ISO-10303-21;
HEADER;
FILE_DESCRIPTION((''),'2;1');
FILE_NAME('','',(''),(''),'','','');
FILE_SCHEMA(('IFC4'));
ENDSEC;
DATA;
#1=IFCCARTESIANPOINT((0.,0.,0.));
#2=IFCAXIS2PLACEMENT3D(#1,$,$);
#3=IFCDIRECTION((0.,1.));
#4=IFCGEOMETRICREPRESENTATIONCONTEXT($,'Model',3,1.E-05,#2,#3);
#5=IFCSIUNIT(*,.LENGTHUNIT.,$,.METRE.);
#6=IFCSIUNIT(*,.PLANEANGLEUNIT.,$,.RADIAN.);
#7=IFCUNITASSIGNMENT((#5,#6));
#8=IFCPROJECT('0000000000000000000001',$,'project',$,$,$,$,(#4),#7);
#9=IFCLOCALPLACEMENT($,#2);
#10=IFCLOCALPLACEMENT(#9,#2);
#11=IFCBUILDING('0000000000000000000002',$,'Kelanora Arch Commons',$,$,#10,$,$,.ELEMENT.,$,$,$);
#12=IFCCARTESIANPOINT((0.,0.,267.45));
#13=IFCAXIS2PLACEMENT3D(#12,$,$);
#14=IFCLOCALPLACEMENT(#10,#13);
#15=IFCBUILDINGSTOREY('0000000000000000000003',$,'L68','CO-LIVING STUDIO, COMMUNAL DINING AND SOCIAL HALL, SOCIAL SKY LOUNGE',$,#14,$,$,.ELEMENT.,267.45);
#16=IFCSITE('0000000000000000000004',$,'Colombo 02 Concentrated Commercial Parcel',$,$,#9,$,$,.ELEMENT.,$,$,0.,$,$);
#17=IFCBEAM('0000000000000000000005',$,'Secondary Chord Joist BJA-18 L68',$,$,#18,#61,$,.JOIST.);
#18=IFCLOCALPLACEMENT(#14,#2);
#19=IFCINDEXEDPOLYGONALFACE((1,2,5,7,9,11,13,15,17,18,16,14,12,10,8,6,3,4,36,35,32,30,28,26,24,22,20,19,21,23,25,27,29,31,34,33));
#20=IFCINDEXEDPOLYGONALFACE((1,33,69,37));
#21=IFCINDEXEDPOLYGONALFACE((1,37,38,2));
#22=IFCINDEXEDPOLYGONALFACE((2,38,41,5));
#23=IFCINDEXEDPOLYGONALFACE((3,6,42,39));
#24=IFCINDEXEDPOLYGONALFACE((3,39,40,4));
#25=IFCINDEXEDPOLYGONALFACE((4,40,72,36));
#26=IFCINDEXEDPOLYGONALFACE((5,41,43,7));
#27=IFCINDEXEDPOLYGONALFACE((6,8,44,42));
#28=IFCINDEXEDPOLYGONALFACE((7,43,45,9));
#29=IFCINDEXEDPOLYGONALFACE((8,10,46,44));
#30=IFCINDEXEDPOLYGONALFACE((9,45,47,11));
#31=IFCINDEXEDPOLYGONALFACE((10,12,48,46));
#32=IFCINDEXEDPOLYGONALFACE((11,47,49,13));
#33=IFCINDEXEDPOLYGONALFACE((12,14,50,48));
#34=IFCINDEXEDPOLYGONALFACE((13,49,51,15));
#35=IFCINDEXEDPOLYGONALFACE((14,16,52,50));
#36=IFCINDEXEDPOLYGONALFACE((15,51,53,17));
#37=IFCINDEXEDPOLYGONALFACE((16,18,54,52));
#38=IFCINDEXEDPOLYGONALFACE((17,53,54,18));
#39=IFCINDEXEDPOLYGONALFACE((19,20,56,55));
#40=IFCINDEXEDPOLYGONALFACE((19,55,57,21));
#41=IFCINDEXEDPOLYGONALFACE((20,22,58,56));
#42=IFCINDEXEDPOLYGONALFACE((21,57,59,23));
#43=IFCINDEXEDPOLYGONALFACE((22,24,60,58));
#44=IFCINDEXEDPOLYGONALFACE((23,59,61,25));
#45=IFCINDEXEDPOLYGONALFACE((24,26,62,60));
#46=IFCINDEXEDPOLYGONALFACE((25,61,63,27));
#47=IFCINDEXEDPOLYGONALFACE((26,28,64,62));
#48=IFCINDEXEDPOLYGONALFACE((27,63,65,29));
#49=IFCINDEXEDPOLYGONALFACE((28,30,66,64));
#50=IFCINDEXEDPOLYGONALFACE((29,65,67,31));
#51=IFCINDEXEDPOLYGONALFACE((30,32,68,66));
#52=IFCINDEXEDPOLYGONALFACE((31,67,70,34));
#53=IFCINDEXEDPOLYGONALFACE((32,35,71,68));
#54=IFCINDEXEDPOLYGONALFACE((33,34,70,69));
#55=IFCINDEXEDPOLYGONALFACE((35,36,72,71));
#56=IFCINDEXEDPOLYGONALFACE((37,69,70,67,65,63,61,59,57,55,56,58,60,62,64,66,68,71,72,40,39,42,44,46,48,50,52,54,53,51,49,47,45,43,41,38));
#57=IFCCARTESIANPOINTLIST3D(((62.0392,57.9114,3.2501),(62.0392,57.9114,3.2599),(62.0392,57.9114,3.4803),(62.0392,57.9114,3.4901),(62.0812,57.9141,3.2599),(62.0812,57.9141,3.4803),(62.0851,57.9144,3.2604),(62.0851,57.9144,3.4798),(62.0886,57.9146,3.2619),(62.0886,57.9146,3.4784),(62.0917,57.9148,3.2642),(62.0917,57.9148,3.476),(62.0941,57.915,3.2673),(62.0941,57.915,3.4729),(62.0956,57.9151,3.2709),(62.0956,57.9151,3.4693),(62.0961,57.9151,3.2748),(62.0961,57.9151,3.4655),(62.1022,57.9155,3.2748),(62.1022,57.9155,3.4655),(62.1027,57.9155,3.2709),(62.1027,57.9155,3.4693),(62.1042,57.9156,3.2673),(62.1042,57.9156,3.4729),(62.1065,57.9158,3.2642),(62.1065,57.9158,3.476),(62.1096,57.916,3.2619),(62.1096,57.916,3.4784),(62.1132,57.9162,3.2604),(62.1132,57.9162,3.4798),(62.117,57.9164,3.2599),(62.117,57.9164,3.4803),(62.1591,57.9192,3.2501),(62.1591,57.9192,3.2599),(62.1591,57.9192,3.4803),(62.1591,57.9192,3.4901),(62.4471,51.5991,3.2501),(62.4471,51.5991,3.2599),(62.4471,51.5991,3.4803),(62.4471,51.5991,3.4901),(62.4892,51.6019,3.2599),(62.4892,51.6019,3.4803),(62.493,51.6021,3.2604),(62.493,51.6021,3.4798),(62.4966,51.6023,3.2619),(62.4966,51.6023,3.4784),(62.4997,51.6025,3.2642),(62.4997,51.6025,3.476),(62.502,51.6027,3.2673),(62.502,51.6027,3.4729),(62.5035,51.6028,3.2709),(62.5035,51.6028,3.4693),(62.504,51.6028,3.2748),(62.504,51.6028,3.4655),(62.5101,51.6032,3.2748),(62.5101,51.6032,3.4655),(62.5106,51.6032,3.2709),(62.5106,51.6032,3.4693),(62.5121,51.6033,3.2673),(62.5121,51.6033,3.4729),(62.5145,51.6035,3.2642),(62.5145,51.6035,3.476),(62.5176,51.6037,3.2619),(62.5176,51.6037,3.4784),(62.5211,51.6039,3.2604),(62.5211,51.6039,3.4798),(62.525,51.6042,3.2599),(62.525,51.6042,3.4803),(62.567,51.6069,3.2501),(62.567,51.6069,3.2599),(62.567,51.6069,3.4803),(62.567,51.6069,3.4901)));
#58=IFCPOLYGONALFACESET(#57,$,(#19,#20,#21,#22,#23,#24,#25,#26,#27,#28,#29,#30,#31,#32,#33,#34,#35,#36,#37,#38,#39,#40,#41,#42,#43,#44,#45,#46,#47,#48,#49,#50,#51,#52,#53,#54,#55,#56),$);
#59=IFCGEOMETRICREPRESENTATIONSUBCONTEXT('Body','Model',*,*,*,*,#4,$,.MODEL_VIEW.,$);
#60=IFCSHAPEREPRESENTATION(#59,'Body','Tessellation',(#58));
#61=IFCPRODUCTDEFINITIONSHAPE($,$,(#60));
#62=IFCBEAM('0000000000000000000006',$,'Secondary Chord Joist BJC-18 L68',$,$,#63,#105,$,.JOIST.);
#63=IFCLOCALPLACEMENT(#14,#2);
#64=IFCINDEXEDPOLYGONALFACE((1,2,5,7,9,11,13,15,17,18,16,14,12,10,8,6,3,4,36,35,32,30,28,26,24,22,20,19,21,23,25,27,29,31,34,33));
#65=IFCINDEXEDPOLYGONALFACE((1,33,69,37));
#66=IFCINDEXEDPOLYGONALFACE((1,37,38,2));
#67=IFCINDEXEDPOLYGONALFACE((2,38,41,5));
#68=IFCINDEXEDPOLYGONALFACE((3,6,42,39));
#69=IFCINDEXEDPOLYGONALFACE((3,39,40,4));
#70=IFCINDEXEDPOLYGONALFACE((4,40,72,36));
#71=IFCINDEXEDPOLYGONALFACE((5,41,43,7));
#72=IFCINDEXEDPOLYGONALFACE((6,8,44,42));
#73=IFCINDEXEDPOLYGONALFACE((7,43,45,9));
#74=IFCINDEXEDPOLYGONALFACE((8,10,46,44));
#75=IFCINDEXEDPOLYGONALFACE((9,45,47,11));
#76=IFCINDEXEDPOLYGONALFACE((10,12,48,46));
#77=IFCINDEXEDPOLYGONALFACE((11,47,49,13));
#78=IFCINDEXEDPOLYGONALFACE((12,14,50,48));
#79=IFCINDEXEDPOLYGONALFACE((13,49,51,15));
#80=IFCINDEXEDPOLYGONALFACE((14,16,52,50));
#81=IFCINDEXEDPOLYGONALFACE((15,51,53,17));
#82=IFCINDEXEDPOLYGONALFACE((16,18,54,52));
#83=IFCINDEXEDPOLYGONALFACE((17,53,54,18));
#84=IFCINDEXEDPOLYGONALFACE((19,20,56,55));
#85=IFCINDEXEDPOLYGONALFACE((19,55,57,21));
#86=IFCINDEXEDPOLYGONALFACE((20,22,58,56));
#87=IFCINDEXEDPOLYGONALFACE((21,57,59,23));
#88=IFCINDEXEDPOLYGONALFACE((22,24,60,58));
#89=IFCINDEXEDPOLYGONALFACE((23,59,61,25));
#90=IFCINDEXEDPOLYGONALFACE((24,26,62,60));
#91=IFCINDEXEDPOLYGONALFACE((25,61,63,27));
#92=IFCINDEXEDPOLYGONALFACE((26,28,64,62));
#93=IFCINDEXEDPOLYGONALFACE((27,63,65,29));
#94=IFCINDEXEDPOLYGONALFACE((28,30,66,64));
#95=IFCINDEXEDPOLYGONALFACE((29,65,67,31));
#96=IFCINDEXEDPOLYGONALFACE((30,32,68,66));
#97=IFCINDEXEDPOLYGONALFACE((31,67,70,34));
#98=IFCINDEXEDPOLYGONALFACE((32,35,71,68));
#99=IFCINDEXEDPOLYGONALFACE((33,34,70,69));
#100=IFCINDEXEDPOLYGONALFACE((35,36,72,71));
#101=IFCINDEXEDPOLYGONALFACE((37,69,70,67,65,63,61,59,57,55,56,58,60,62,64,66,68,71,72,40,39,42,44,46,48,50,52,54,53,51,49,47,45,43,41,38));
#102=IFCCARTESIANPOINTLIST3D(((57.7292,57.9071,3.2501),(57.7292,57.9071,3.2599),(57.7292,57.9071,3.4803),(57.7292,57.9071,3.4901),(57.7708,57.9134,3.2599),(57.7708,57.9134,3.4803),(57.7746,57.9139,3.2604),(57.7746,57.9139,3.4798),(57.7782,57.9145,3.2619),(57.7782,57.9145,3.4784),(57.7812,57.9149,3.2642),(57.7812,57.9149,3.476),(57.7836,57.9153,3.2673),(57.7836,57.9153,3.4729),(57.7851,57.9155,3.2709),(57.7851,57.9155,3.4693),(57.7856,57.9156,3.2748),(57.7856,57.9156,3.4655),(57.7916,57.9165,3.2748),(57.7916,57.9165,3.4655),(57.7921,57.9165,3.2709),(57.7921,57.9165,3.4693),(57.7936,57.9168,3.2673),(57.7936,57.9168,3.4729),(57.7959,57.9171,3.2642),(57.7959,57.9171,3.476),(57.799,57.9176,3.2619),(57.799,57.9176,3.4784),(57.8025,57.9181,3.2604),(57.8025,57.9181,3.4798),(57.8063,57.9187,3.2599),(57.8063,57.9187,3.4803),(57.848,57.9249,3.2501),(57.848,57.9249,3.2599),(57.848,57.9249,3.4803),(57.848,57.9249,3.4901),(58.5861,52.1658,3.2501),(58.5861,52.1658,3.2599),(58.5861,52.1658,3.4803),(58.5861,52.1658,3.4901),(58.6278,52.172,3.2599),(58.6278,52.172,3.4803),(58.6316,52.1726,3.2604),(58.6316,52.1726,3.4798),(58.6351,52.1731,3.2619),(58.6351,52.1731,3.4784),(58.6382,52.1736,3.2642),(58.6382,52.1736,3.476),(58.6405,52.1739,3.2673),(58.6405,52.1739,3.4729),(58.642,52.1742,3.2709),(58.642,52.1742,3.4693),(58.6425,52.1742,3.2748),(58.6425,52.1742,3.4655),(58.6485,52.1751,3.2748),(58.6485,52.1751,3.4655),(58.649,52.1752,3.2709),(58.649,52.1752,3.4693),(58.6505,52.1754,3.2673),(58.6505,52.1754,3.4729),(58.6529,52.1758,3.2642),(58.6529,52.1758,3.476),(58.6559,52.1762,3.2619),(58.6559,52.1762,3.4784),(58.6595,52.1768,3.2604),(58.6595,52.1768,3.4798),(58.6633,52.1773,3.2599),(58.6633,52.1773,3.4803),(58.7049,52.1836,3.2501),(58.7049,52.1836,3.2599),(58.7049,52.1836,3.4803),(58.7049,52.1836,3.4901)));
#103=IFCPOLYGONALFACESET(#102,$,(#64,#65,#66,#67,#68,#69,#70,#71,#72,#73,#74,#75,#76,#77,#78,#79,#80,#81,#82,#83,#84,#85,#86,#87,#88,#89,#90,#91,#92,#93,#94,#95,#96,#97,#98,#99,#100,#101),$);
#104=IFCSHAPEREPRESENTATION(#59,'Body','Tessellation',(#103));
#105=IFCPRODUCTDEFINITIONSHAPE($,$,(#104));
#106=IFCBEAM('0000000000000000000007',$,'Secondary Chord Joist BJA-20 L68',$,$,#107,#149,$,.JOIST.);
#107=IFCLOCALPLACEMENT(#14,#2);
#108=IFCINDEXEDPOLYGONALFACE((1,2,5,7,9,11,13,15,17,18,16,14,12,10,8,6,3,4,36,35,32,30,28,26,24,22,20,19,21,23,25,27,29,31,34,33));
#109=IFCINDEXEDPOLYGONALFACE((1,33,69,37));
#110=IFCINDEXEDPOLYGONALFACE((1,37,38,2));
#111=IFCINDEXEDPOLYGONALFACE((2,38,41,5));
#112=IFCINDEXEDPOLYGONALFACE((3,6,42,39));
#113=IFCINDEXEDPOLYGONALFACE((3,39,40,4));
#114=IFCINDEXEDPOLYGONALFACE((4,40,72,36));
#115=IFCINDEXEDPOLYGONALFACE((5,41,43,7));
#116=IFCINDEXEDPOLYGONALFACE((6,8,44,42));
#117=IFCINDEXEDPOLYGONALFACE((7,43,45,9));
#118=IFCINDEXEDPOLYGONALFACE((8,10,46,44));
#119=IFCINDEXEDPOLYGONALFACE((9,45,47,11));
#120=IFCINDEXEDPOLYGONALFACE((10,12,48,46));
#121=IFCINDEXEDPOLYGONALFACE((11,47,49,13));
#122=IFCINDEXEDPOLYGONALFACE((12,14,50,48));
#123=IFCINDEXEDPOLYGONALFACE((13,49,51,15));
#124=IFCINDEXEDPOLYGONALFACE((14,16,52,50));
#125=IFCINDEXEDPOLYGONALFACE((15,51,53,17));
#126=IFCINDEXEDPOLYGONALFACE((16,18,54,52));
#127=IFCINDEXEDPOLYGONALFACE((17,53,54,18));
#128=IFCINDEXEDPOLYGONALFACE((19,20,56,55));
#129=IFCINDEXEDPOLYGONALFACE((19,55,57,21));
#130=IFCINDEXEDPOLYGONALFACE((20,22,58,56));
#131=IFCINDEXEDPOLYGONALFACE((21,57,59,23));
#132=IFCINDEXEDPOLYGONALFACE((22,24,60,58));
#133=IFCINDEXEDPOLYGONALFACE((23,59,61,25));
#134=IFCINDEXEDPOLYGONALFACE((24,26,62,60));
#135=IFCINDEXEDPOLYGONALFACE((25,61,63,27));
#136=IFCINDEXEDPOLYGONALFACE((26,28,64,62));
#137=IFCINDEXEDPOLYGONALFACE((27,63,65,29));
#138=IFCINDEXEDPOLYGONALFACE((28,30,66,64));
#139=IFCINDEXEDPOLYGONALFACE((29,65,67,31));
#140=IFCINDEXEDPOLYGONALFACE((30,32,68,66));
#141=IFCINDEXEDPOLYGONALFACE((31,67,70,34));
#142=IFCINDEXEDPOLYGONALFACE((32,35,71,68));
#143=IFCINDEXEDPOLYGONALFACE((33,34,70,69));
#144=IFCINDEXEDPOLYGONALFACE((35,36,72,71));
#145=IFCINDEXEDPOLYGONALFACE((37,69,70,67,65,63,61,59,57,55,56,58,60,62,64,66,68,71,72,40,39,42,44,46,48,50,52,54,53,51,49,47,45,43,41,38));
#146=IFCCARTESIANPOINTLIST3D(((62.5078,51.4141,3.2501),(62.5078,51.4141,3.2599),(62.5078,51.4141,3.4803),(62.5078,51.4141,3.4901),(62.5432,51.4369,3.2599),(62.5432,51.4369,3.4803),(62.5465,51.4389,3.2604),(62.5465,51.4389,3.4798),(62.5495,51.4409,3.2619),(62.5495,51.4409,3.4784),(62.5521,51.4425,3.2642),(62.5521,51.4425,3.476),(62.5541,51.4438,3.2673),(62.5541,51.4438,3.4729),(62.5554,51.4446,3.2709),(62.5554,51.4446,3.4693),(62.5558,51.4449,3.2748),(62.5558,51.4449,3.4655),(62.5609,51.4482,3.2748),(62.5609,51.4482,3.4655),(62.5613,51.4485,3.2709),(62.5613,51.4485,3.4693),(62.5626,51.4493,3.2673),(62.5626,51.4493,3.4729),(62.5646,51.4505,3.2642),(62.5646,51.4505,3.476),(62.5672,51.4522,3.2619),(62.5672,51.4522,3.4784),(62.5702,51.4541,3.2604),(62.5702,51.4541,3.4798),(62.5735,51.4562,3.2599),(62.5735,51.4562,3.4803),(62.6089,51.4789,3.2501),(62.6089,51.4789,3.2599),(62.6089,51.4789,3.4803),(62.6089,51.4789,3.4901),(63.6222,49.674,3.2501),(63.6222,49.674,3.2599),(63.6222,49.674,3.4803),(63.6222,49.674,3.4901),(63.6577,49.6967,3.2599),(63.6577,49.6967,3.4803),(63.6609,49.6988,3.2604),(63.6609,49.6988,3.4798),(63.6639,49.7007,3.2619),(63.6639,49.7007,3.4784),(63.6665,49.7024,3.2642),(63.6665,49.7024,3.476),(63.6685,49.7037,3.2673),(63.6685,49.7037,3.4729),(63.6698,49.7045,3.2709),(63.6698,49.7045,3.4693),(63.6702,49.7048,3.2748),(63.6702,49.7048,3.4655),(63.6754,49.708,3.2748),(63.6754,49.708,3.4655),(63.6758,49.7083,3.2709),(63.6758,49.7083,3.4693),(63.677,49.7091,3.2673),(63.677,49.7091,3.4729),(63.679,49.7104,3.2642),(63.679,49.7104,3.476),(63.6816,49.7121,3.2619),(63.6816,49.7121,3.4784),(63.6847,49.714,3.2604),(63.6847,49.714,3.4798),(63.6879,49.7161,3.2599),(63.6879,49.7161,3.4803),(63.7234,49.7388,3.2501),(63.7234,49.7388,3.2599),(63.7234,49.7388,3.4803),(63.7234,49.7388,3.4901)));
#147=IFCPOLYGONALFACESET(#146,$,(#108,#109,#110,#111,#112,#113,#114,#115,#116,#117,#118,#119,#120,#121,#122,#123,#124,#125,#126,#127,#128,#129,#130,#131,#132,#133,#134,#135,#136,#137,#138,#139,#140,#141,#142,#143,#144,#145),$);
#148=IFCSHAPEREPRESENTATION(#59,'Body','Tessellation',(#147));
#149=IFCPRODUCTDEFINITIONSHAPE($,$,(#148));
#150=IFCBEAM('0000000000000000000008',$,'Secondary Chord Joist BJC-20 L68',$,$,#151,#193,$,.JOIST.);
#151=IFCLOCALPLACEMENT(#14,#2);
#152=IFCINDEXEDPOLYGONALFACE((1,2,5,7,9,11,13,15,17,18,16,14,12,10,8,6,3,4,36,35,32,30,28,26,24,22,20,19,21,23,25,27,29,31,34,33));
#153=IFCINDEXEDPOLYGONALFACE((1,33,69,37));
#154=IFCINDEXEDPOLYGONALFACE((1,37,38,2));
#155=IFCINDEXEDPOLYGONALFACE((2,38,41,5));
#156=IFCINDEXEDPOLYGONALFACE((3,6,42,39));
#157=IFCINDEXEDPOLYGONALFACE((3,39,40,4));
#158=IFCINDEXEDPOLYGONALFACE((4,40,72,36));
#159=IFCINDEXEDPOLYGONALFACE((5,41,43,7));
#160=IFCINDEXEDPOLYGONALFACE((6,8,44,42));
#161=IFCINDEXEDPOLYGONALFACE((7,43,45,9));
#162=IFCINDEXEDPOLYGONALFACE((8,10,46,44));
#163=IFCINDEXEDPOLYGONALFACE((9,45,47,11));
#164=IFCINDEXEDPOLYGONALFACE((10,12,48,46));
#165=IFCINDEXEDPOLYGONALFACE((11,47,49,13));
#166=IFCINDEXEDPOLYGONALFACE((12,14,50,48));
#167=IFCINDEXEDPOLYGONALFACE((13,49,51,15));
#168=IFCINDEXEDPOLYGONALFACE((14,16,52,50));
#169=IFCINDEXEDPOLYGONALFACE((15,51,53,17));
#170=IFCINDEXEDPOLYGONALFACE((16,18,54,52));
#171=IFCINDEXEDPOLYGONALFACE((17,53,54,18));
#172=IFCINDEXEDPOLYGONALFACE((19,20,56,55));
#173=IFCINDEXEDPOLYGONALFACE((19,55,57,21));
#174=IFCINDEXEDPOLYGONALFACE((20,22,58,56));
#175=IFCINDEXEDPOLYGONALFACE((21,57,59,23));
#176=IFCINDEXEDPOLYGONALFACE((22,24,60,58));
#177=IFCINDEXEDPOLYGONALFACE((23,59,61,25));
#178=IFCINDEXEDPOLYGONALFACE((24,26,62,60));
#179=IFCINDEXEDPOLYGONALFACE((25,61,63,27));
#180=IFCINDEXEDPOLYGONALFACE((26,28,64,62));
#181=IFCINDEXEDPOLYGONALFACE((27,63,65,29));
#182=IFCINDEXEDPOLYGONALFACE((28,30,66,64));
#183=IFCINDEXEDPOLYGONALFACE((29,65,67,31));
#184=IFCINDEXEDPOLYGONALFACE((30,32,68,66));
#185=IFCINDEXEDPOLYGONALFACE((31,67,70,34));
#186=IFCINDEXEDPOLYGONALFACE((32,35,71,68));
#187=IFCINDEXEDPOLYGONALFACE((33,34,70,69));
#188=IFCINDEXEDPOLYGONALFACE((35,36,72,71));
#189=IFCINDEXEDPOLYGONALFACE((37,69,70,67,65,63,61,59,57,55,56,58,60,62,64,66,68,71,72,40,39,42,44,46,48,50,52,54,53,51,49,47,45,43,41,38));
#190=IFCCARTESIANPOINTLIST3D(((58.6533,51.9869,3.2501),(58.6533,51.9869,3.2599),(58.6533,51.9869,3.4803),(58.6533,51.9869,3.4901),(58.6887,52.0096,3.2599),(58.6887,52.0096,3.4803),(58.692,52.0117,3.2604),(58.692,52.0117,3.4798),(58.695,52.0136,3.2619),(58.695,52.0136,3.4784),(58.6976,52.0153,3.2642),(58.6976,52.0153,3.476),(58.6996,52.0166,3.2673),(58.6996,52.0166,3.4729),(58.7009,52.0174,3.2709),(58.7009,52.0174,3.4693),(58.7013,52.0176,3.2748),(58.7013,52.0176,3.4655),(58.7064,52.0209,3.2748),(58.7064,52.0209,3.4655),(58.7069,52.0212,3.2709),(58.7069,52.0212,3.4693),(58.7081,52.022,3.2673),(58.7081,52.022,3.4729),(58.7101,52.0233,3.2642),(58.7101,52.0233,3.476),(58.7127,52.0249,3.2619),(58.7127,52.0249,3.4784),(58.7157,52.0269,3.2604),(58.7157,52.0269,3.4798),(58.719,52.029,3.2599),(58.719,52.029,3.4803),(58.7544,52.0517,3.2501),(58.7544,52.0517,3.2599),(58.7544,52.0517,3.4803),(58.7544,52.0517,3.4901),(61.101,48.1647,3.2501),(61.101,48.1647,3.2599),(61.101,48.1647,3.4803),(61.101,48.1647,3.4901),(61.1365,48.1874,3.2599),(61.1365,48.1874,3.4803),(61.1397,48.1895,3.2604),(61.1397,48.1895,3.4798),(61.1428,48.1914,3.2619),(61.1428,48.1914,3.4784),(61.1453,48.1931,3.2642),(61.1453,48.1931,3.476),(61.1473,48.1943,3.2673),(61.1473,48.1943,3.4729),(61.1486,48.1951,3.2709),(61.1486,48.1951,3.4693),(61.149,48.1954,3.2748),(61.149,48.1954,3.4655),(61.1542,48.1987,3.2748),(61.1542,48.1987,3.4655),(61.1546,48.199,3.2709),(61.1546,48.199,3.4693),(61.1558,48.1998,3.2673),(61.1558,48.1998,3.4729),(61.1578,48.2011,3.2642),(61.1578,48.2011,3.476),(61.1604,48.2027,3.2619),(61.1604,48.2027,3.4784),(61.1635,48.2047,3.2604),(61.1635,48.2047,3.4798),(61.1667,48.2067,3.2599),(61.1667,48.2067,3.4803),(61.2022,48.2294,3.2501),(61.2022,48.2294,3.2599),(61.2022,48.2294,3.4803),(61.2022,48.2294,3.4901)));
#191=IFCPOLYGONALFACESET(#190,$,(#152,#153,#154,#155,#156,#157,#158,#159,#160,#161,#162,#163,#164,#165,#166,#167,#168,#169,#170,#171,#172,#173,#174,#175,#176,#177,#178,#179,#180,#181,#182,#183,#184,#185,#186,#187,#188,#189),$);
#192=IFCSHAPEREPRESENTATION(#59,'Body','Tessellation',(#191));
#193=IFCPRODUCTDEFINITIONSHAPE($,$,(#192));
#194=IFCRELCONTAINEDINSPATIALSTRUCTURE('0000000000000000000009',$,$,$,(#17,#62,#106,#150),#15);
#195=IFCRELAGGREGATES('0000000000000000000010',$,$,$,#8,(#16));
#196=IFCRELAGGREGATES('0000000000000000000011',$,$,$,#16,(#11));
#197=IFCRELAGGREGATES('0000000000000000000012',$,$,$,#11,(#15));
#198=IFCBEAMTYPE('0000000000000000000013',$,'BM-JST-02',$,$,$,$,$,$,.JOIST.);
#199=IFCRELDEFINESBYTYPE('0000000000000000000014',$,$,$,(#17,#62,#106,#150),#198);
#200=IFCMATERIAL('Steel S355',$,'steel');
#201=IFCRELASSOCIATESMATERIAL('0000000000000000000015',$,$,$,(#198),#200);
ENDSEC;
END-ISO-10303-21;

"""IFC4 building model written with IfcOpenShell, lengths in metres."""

from ifc_helpers import new_model, si_unit, direction, frame, origin, origin_2d, place, context, subcontext, project, spatial, i_section, extrude, material, material_profile, profile_set, type_object, element, save


model = new_model("IFC4")

# Units and contexts
model_context = context("Model", 3, precision=1e-05, world=origin(), true_north=direction((0.0, 1.0)))
body_context = subcontext(model_context, "Body", "Model", "MODEL_VIEW")
ifc_project = project(units=[si_unit("LENGTHUNIT", "METRE"), si_unit("PLANEANGLEUNIT", "RADIAN")], contexts=[model_context])

# Site, building, storey
site_placement = place(None, origin())
site = spatial("IfcSite", under=ifc_project, at=site_placement, Name="Colombo 02 Concentrated Commercial Parcel", CompositionType="ELEMENT", RefElevation=0.0)
building_placement = place(site_placement, origin())
building = spatial("IfcBuilding", under=site, at=building_placement, Name="Kelanora Arch Commons", CompositionType="ELEMENT")
storey_placement = place(building_placement, frame((0.0, 0.0, 267.45)))
storey = spatial("IfcBuildingStorey", under=building, at=storey_placement, Name="L68", Description="CO-LIVING STUDIO, COMMUNAL DINING AND SOCIAL HALL, SOCIAL SKY LOUNGE", CompositionType="ELEMENT", Elevation=267.45)

# Beams
ifc_material_1 = material(Name="Steel S355", Category="steel")
ifc_material_profile_1 = material_profile(ifc_material_1, i_section(OverallWidth=0.1201, OverallDepth=0.24, WebThickness=0.0061, FlangeThickness=0.0098, FilletRadius=0.0149, at=origin_2d()), Name="IPE240")
ifc_profile_set_1 = profile_set([ifc_material_profile_1], Name="Steel S355")
beam_type_1 = type_object("IfcBeamType", Name="BM-JST-02", PredefinedType="JOIST", material=ifc_profile_set_1)
beam_1_placement = place(storey_placement, frame((62.0991, 57.9153, 3.3701), z_axis=(0.064495, -0.997918, 0.0), x_axis=(0.997918, 0.064495, 0.0)))
element("IfcBeam", 1, at=beam_1_placement, inside=storey, type_object=beam_type_1, Name="Secondary Chord Joist BJA-18 L68", PredefinedType="JOIST", context=body_context, shape_type="SweptSolid", body=[
    extrude(i_section(OverallWidth=0.1201, OverallDepth=0.24, WebThickness=0.0061, FlangeThickness=0.0098, FilletRadius=0.0149, at=origin_2d()), origin(), (0.0, 0.0, 1.0), 6.3254),
])
beam_2_placement = place(storey_placement, frame((57.7886, 57.916, 3.3701), z_axis=(0.147625, -0.989043, 0.0), x_axis=(0.989043, 0.147625, 0.0)))
element("IfcBeam", 2, at=beam_2_placement, inside=storey, type_object=beam_type_1, Name="Secondary Chord Joist BJC-18 L68", PredefinedType="JOIST", context=body_context, shape_type="SweptSolid", body=[
    extrude(i_section(OverallWidth=0.1201, OverallDepth=0.24, WebThickness=0.0061, FlangeThickness=0.0098, FilletRadius=0.0149, at=origin_2d()), origin(), (0.0, 0.0, 1.0), 5.8049),
])
beam_3_placement = place(storey_placement, frame((62.5583, 51.4465, 3.3701), z_axis=(0.539312, -0.842106, 0.0), x_axis=(0.842106, 0.539312, 0.0)))
element("IfcBeam", 3, at=beam_3_placement, inside=storey, type_object=beam_type_1, Name="Secondary Chord Joist BJA-20 L68", PredefinedType="JOIST", context=body_context, shape_type="SweptSolid", body=[
    extrude(i_section(OverallWidth=0.1201, OverallDepth=0.24, WebThickness=0.0061, FlangeThickness=0.0098, FilletRadius=0.0149, at=origin_2d()), origin(), (0.0, 0.0, 1.0), 2.0664),
])
beam_4_placement = place(storey_placement, frame((58.7039, 52.0193, 3.3701), z_axis=(0.539289, -0.842121, 0.0), x_axis=(0.842121, 0.539289, 0.0)))
element("IfcBeam", 4, at=beam_4_placement, inside=storey, type_object=beam_type_1, Name="Secondary Chord Joist BJC-20 L68", PredefinedType="JOIST", context=body_context, shape_type="SweptSolid", body=[
    extrude(i_section(OverallWidth=0.1201, OverallDepth=0.24, WebThickness=0.0061, FlangeThickness=0.0098, FilletRadius=0.0149, at=origin_2d()), origin(), (0.0, 0.0, 1.0), 4.5388),
])

save(model, "model.ifc")
